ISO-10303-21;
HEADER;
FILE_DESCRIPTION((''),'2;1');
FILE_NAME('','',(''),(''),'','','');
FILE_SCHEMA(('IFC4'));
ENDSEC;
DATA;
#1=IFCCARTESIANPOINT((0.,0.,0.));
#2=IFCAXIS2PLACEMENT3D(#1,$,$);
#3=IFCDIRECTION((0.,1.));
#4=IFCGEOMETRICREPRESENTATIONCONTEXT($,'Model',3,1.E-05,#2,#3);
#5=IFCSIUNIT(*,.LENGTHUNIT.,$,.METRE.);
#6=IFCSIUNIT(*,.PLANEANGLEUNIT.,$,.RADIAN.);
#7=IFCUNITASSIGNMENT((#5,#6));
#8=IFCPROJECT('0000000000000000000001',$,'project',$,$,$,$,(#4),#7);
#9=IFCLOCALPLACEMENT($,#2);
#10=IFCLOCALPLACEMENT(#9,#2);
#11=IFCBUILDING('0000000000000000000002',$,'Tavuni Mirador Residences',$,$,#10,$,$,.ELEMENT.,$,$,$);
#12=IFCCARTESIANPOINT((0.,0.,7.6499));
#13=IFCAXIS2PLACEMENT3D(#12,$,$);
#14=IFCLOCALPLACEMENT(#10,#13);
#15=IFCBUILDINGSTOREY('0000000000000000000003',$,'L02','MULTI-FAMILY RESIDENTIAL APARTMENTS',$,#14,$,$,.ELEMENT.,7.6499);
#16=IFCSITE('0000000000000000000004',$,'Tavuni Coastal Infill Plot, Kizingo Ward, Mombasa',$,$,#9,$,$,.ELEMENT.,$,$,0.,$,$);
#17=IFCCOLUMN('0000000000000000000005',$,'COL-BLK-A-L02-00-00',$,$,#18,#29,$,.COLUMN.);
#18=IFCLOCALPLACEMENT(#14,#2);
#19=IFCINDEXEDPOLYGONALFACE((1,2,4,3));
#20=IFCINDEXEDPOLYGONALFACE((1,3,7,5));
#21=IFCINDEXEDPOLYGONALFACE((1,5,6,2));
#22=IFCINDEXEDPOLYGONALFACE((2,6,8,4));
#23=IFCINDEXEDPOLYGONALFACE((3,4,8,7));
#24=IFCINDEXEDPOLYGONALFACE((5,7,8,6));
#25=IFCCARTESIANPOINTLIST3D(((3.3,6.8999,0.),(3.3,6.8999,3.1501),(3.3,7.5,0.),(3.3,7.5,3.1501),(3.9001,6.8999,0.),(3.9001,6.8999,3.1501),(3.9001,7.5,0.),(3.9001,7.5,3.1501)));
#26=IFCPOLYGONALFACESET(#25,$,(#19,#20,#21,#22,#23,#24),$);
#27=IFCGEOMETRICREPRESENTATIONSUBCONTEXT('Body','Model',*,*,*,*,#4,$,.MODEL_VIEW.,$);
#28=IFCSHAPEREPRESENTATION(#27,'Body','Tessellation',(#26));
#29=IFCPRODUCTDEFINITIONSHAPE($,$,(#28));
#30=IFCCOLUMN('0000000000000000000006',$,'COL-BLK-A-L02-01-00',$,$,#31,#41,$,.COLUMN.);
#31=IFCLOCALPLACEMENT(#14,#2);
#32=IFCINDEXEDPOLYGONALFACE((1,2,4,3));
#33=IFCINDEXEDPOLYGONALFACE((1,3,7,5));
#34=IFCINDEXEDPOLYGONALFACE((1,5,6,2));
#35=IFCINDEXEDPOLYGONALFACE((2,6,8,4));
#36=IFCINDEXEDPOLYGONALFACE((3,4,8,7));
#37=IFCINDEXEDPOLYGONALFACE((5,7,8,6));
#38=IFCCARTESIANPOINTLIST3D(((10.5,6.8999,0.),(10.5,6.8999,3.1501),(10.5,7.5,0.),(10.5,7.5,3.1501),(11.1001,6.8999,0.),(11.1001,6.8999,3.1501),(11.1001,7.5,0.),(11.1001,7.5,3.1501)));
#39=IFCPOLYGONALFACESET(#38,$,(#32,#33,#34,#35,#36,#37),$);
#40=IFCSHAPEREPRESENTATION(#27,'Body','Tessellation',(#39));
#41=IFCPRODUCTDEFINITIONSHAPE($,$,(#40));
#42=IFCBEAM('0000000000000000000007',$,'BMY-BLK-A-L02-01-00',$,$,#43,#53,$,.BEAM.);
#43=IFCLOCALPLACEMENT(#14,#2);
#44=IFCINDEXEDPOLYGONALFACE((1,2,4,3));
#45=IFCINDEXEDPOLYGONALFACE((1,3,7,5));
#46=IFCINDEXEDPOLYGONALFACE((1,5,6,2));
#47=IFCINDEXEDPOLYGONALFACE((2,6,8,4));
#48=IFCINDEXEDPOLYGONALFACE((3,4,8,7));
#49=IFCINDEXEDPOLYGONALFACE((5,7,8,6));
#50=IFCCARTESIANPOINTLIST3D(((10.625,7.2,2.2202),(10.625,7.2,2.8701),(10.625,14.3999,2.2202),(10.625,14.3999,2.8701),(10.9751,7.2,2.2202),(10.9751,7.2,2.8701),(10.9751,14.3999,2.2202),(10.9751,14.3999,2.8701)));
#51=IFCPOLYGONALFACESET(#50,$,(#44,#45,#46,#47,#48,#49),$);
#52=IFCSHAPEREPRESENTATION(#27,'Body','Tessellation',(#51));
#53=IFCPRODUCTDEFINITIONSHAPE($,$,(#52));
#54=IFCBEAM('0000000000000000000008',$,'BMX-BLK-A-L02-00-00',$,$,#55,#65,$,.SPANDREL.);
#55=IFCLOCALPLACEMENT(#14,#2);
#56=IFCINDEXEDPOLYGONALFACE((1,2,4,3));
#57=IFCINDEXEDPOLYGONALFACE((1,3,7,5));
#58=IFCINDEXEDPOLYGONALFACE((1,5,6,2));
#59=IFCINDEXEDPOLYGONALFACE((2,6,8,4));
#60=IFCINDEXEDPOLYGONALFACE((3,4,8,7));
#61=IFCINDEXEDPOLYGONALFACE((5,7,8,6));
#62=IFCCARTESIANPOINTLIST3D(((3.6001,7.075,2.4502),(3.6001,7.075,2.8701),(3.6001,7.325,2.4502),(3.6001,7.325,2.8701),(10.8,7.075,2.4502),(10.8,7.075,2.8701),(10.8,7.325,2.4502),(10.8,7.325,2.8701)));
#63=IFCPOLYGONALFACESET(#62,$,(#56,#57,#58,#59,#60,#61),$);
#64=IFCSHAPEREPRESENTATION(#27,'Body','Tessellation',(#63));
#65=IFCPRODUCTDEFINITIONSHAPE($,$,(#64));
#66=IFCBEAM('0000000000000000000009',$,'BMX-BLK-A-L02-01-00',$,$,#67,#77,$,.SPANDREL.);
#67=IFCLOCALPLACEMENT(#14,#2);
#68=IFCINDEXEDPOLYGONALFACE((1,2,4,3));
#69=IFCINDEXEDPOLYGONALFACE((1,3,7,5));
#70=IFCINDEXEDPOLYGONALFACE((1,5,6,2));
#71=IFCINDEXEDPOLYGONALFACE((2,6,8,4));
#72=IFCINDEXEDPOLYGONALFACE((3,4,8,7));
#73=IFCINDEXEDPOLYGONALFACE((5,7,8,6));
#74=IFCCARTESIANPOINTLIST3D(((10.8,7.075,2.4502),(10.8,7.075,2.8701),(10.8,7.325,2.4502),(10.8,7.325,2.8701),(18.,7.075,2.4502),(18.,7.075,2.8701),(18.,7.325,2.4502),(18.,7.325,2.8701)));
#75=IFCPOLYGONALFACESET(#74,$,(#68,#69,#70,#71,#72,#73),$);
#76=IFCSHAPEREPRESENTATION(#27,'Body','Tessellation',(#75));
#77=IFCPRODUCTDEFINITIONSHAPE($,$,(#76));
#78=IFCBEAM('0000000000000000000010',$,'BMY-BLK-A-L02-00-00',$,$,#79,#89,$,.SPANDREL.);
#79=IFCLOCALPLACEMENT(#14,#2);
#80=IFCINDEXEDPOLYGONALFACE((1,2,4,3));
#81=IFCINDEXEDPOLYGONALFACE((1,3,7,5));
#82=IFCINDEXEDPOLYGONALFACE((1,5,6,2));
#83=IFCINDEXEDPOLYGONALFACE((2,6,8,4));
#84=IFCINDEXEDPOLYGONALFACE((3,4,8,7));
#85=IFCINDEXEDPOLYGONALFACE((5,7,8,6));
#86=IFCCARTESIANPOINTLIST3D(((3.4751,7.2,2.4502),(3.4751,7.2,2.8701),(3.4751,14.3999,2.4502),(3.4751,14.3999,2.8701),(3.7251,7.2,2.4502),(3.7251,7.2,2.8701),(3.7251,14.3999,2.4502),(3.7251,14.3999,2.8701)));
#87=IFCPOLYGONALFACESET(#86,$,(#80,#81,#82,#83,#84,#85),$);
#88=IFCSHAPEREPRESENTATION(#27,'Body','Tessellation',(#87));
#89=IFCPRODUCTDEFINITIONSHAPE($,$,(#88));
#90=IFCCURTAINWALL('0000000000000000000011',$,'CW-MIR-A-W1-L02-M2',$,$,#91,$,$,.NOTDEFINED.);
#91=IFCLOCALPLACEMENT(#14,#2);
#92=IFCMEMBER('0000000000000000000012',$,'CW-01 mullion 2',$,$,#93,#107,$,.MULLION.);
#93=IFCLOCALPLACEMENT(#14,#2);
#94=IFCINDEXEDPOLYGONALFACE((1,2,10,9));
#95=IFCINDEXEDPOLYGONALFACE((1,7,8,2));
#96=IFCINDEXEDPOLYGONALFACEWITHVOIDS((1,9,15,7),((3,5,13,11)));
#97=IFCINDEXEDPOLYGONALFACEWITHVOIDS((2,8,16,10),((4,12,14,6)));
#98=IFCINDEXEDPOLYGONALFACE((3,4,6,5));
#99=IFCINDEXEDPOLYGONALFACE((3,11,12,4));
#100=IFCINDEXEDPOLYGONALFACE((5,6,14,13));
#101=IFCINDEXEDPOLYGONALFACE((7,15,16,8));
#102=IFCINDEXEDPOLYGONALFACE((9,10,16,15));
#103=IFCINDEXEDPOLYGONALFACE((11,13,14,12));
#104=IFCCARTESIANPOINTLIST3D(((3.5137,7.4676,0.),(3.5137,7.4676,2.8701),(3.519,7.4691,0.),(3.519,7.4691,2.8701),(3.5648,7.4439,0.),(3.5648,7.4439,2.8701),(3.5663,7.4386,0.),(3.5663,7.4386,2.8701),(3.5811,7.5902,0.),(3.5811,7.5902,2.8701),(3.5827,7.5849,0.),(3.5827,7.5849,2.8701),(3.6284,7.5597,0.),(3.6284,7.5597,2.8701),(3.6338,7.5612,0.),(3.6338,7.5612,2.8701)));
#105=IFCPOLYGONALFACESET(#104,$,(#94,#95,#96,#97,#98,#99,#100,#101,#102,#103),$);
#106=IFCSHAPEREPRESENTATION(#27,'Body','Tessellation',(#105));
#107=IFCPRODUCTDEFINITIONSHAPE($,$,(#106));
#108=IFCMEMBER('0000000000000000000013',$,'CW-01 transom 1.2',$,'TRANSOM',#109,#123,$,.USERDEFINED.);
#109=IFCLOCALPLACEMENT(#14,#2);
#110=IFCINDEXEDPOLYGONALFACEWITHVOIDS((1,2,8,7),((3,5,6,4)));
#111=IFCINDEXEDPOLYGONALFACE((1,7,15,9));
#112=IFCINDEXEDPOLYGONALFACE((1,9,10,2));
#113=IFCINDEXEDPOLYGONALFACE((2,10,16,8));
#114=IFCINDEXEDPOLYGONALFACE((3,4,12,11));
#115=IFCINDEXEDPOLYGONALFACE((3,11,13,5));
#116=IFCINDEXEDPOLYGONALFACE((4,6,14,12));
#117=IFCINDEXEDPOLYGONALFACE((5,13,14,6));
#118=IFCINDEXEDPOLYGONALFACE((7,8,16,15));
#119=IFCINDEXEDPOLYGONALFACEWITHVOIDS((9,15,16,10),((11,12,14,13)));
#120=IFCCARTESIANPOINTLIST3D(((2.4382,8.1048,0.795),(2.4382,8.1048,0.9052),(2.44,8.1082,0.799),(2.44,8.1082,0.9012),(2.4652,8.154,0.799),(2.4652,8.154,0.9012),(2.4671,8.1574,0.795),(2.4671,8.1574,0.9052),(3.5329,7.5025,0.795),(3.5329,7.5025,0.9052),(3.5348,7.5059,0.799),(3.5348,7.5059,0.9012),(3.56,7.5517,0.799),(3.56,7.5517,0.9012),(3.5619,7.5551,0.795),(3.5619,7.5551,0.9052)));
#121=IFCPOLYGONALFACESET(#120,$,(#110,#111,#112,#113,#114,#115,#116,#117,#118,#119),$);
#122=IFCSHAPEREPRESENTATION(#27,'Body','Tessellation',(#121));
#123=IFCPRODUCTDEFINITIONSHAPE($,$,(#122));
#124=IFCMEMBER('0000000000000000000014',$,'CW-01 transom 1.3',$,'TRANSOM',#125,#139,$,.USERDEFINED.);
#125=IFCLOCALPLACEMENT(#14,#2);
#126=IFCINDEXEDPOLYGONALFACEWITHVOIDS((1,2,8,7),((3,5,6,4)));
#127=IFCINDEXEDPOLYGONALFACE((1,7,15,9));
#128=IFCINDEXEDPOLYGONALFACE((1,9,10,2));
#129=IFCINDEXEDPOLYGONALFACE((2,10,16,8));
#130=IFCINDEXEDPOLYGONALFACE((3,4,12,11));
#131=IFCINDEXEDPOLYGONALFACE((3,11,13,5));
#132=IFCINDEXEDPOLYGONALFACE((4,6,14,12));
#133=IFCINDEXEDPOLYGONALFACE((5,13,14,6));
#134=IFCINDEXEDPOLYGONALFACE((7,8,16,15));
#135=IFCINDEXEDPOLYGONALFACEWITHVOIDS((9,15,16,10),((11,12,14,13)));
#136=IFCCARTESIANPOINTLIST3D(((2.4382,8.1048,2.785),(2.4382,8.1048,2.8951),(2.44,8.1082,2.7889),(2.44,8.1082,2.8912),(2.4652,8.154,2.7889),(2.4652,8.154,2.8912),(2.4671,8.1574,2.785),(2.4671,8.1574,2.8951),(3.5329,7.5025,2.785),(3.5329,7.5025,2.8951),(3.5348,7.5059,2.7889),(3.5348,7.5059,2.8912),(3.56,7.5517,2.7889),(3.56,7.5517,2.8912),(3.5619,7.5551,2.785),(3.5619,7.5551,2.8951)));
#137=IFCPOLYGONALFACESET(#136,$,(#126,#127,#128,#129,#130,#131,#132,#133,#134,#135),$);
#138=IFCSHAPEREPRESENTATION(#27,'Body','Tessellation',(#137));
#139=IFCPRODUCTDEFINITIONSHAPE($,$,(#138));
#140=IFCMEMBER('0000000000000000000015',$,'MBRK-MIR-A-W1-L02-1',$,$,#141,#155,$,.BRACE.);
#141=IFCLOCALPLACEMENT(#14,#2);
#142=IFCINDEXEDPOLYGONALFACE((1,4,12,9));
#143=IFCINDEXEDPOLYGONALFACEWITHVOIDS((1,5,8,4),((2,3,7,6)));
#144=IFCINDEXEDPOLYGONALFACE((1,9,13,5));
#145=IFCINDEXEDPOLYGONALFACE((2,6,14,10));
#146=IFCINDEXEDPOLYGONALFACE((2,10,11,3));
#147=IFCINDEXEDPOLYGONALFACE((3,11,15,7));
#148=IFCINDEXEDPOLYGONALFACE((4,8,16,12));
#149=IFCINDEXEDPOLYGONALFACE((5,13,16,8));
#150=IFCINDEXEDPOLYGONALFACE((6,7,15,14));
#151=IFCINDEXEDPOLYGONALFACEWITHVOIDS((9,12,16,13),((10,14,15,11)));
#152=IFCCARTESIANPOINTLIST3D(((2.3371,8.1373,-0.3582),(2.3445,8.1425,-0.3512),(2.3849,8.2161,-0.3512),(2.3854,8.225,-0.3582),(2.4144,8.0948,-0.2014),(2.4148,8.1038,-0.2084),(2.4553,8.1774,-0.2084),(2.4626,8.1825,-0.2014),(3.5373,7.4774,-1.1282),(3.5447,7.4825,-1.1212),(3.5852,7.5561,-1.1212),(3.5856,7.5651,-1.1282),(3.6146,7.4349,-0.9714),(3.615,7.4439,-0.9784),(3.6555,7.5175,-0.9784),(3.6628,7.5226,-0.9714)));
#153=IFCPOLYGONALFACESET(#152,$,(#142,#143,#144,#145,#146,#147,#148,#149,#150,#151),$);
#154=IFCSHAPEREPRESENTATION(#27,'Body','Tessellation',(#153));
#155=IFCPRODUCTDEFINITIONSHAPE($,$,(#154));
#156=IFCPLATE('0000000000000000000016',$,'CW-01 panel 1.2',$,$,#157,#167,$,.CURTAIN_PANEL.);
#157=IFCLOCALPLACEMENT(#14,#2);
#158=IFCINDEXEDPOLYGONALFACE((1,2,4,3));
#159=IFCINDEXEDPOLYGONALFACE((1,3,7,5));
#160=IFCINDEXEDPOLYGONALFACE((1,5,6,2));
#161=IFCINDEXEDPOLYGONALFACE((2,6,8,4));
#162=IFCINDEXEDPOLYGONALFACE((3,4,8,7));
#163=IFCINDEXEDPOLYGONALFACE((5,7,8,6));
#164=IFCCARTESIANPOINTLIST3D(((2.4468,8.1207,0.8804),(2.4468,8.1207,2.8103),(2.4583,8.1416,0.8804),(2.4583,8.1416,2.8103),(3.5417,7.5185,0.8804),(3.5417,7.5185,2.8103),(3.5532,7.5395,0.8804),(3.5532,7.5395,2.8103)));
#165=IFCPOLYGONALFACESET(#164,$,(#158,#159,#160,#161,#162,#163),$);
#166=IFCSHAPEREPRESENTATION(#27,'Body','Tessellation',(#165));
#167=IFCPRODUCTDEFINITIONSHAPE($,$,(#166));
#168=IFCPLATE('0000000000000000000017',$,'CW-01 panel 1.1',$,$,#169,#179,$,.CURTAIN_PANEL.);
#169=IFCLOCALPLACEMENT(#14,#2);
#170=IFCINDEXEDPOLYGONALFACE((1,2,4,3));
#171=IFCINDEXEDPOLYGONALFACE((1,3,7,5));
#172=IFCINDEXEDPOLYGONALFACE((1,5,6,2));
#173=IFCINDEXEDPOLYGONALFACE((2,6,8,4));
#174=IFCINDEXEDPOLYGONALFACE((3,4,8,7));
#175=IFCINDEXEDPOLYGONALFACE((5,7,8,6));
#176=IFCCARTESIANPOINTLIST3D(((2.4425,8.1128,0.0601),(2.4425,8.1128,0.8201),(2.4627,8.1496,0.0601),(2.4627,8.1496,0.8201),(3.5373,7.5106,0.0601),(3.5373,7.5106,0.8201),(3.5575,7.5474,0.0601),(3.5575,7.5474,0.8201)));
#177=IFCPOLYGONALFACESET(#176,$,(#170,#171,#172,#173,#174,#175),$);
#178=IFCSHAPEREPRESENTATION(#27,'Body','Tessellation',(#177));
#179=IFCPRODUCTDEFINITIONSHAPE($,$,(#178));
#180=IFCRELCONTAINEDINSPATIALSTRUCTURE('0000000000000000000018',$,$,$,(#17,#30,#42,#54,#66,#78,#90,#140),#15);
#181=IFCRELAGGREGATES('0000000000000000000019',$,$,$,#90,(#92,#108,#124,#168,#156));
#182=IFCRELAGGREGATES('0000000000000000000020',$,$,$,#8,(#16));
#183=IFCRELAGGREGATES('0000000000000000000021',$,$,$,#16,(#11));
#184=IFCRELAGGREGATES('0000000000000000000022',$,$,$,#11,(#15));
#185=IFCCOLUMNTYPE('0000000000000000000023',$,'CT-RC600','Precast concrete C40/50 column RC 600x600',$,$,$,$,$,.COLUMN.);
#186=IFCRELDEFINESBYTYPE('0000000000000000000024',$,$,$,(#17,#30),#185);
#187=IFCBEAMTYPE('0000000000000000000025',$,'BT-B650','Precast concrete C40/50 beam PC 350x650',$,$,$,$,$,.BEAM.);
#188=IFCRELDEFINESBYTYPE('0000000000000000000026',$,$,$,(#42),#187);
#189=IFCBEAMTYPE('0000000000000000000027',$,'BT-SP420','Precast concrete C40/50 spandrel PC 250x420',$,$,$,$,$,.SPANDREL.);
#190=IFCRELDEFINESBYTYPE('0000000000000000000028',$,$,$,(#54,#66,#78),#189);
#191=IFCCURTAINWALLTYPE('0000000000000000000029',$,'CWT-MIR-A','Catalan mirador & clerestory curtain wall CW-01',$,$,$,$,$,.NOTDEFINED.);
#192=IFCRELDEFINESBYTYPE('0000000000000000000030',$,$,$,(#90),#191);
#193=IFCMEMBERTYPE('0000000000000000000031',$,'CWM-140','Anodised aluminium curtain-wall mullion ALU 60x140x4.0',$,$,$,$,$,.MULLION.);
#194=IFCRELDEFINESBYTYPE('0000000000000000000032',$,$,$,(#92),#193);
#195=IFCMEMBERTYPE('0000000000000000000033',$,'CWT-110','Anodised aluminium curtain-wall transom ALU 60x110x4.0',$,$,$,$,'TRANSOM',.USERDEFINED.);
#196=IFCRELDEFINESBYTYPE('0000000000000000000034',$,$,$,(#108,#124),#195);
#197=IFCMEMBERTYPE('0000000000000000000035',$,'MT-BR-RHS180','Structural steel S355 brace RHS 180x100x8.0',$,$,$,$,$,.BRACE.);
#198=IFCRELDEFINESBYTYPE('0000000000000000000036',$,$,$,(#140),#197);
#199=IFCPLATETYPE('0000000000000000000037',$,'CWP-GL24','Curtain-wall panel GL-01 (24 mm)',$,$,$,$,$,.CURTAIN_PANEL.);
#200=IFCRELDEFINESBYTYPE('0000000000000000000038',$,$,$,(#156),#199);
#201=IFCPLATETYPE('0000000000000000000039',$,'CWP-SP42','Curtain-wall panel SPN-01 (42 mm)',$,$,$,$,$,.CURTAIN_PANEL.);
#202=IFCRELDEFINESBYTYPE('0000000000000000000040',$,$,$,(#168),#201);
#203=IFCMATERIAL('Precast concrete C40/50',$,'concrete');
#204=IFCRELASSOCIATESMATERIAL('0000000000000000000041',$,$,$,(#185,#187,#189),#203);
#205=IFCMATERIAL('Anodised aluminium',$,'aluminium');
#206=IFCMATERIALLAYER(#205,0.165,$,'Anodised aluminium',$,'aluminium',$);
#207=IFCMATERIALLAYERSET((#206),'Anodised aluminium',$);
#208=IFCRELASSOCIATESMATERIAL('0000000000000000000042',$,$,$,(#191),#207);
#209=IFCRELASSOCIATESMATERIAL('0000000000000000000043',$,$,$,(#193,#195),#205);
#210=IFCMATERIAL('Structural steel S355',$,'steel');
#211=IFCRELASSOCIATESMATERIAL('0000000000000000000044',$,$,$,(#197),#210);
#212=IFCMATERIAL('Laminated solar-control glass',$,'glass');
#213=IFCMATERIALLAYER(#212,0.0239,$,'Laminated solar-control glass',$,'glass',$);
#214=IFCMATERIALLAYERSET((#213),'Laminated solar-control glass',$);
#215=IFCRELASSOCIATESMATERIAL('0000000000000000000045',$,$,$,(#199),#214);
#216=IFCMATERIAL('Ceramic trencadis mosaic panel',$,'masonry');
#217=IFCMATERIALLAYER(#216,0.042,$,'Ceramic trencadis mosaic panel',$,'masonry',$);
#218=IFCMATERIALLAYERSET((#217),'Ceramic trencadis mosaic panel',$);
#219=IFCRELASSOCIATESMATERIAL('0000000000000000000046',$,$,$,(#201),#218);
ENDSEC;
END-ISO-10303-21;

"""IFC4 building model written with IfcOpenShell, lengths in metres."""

from ifc_helpers import new_model, si_unit, direction, frame, origin, origin_2d, place, context, subcontext, project, spatial, rectangle, hollow_rectangle, extrude, material, layer, layer_set, material_profile, profile_set, type_object, element, aggregate, save


model = new_model("IFC4")

# Units and contexts
model_context = context("Model", 3, precision=1e-05, world=origin(), true_north=direction((0.0, 1.0)))
body_context = subcontext(model_context, "Body", "Model", "MODEL_VIEW")
ifc_project = project(units=[si_unit("LENGTHUNIT", "METRE"), si_unit("PLANEANGLEUNIT", "RADIAN")], contexts=[model_context])

# Site, building, storey
site_placement = place(None, origin())
site = spatial("IfcSite", under=ifc_project, at=site_placement, Name="Tavuni Coastal Infill Plot, Kizingo Ward, Mombasa", CompositionType="ELEMENT", RefElevation=0.0)
building_placement = place(site_placement, origin())
building = spatial("IfcBuilding", under=site, at=building_placement, Name="Tavuni Mirador Residences", CompositionType="ELEMENT")
storey_placement = place(building_placement, frame((0.0, 0.0, 7.6499)))
storey = spatial("IfcBuildingStorey", under=building, at=storey_placement, Name="L02", Description="MULTI-FAMILY RESIDENTIAL APARTMENTS", CompositionType="ELEMENT", Elevation=7.6499)

# Columns
ifc_material_1 = material(Name="Precast concrete C40/50", Category="concrete")
ifc_material_profile_1 = material_profile(ifc_material_1, rectangle(XDim=0.6001, YDim=0.6001, at=origin_2d()), Name="RC 600x600", Category="concrete")
ifc_profile_set_1 = profile_set([ifc_material_profile_1], Name="Precast concrete C40/50")
column_type = type_object("IfcColumnType", Name="CT-RC600", Description="Precast concrete C40/50 column RC 600x600", PredefinedType="COLUMN", material=ifc_profile_set_1)
for number, where, z_axis, x_axis, name in (
    (1, (3.6001, 7.2, 0.0), (0.0, 0.0, 1.0), (1.0, 0.0, 0.0), "COL-BLK-A-L02-00-00"),
    (2, (10.8, 7.2, 0.0), (0.0, 0.0, 1.0), (1.0, 0.0, 0.0), "COL-BLK-A-L02-01-00"),
):
    element("IfcColumn", number, at=place(storey_placement, frame(where, z_axis=z_axis, x_axis=x_axis)), inside=storey, type_object=column_type, Name=name, PredefinedType="COLUMN", context=body_context, shape_type="SweptSolid", body=[
        extrude(rectangle(XDim=0.6001, YDim=0.6001, at=origin_2d()), origin(), (0.0, 0.0, 1.0), 3.1501),
    ])

# Beams
ifc_material_profile_2 = material_profile(ifc_material_1, rectangle(XDim=0.3501, YDim=0.6499, at=origin_2d()), Name="PC 350x650", Category="concrete")
ifc_profile_set_2 = profile_set([ifc_material_profile_2], Name="Precast concrete C40/50")
beam_type_1 = type_object("IfcBeamType", Name="BT-B650", Description="Precast concrete C40/50 beam PC 350x650", PredefinedType="BEAM", material=ifc_profile_set_2)
beam_placement = place(storey_placement, frame((10.8, 7.2, 2.5452), z_axis=(0.0, 1.0, 0.0), x_axis=(-1.0, 0.0, 0.0)))
element("IfcBeam", 3, at=beam_placement, inside=storey, type_object=beam_type_1, Name="BMY-BLK-A-L02-01-00", PredefinedType="BEAM", context=body_context, shape_type="SweptSolid", body=[
    extrude(rectangle(XDim=0.3501, YDim=0.6499, at=origin_2d()), origin(), (0.0, 0.0, 1.0), 7.2),
])
ifc_material_profile_3 = material_profile(ifc_material_1, rectangle(XDim=0.25, YDim=0.4199, at=origin_2d()), Name="PC 250x420", Category="concrete")
ifc_profile_set_3 = profile_set([ifc_material_profile_3], Name="Precast concrete C40/50")
beam_type_2 = type_object("IfcBeamType", Name="BT-SP420", Description="Precast concrete C40/50 spandrel PC 250x420", PredefinedType="SPANDREL", material=ifc_profile_set_3)
for number, where, z_axis, x_axis, name in (
    (4, (3.6001, 7.2, 2.6602), (1.0, 0.0, 0.0), (0.0, 1.0, 0.0), "BMX-BLK-A-L02-00-00"),
    (5, (10.8, 7.2, 2.6602), (1.0, 0.0, 0.0), (0.0, 1.0, 0.0), "BMX-BLK-A-L02-01-00"),
    (6, (3.6001, 7.2, 2.6602), (0.0, 1.0, 0.0), (-1.0, 0.0, 0.0), "BMY-BLK-A-L02-00-00"),
):
    element("IfcBeam", number, at=place(storey_placement, frame(where, z_axis=z_axis, x_axis=x_axis)), inside=storey, type_object=beam_type_2, Name=name, PredefinedType="SPANDREL", context=body_context, shape_type="SweptSolid", body=[
        extrude(rectangle(XDim=0.25, YDim=0.4199, at=origin_2d()), origin(), (0.0, 0.0, 1.0), 7.2),
    ])

# Curtain wall, members
ifc_material_2 = material(Name="Anodised aluminium", Category="aluminium")
ifc_layer_1 = layer(ifc_material_2, 0.165, Name="Anodised aluminium", Category="aluminium")
ifc_layer_set_1 = layer_set([ifc_layer_1], Name="Anodised aluminium")
curtain_wall_type = type_object("IfcCurtainWallType", Name="CWT-MIR-A", Description="Catalan mirador & clerestory curtain wall CW-01", PredefinedType="NOTDEFINED", material=ifc_layer_set_1)
curtain_wall_placement = place(storey_placement, origin())
curtain_wall = element("IfcCurtainWall", 7, at=curtain_wall_placement, inside=storey, type_object=curtain_wall_type, Name="CW-MIR-A-W1-L02-M2", PredefinedType="NOTDEFINED")
ifc_material_profile_4 = material_profile(ifc_material_2, hollow_rectangle(XDim=0.0601, YDim=0.1399, WallThickness=0.0039, at=origin_2d()), Name="ALU 60x140x4.0", Category="aluminium")
ifc_profile_set_4 = profile_set([ifc_material_profile_4], Name="Anodised aluminium")
member_type_1 = type_object("IfcMemberType", Name="CWM-140", Description="Anodised aluminium curtain-wall mullion ALU 60x140x4.0", PredefinedType="MULLION", material=ifc_profile_set_4)
member_1_placement = place(storey_placement, frame((3.5737, 7.5144, 0.0), z_axis=(0.0, 0.0, 1.0), x_axis=(0.876216, -0.481919, 0.0)))
member_1 = element("IfcMember", 8, at=member_1_placement, type_object=member_type_1, Name="CW-01 mullion 2", PredefinedType="MULLION", context=body_context, shape_type="SweptSolid", body=[
    extrude(hollow_rectangle(XDim=0.0601, YDim=0.1399, WallThickness=0.0039, at=origin_2d()), origin(), (0.0, 0.0, 1.0), 2.8701),
])
ifc_material_profile_5 = material_profile(ifc_material_2, hollow_rectangle(XDim=0.0601, YDim=0.1101, WallThickness=0.0039, at=origin_2d()), Name="ALU 60x110x4.0", Category="aluminium")
ifc_profile_set_5 = profile_set([ifc_material_profile_5], Name="Anodised aluminium")
member_type_2 = type_object("IfcMemberType", Name="CWT-110", Description="Anodised aluminium curtain-wall transom ALU 60x110x4.0", ElementType="TRANSOM", PredefinedType="USERDEFINED", material=ifc_profile_set_5)
member_2_placement = place(storey_placement, frame((2.4526, 8.1311, 0.8501), z_axis=(0.87615, -0.482039, 0.0), x_axis=(0.482039, 0.87615, 0.0)))
member_2 = element("IfcMember", 9, at=member_2_placement, type_object=member_type_2, Name="CW-01 transom 1.2", ObjectType="TRANSOM", PredefinedType="USERDEFINED", context=body_context, shape_type="SweptSolid", body=[
    extrude(hollow_rectangle(XDim=0.0601, YDim=0.1101, WallThickness=0.0039, at=origin_2d()), origin(), (0.0, 0.0, 1.0), 1.2495),
])
member_3_placement = place(storey_placement, frame((2.4526, 8.1311, 2.8401), z_axis=(0.87615, -0.482039, 0.0), x_axis=(0.482039, 0.87615, 0.0)))
member_3 = element("IfcMember", 10, at=member_3_placement, type_object=member_type_2, Name="CW-01 transom 1.3", ObjectType="TRANSOM", PredefinedType="USERDEFINED", context=body_context, shape_type="SweptSolid", body=[
    extrude(hollow_rectangle(XDim=0.0601, YDim=0.1101, WallThickness=0.0039, at=origin_2d()), origin(), (0.0, 0.0, 1.0), 1.2495),
])

# Member
ifc_material_3 = material(Name="Structural steel S355", Category="steel")
ifc_material_profile_6 = material_profile(ifc_material_3, hollow_rectangle(XDim=0.1001, YDim=0.1799, WallThickness=0.0081, at=origin_2d()), Name="RHS 180x100x8.0", Category="steel")
ifc_profile_set_6 = profile_set([ifc_material_profile_6], Name="Structural steel S355")
member_type_3 = type_object("IfcMemberType", Name="MT-BR-RHS180", Description="Structural steel S355 brace RHS 180x100x8.0", PredefinedType="BRACE", material=ifc_profile_set_6)
member_4_placement = place(storey_placement, frame((3.6001, 7.5, -1.0498), z_axis=(-0.763839, 0.419987, 0.490063), x_axis=(-0.481809, -0.876276, 0.0)))
element("IfcMember", 11, at=member_4_placement, inside=storey, type_object=member_type_3, Name="MBRK-MIR-A-W1-L02-1", PredefinedType="BRACE", context=body_context, shape_type="SweptSolid", body=[
    extrude(hollow_rectangle(XDim=0.1001, YDim=0.1799, WallThickness=0.0081, at=origin_2d()), origin(), (0.0, 0.0, 1.0), 1.5713),
])

# Plates
ifc_material_4 = material(Name="Laminated solar-control glass", Category="glass")
ifc_layer_2 = layer(ifc_material_4, 0.0239, Name="Laminated solar-control glass", Category="glass")
ifc_layer_set_2 = layer_set([ifc_layer_2], Name="Laminated solar-control glass")
plate_type_1 = type_object("IfcPlateType", Name="CWP-GL24", Description="Curtain-wall panel GL-01 (24 mm)", PredefinedType="CURTAIN_PANEL", material=ifc_layer_set_2)
plate_1_placement = place(storey_placement, frame((3.0, 7.8301, 0.8804), z_axis=(0.0, 0.0, 1.0), x_axis=(0.876216, -0.481919, 0.0)))
plate_1 = element("IfcPlate", 12, at=plate_1_placement, type_object=plate_type_1, Name="CW-01 panel 1.2", PredefinedType="CURTAIN_PANEL", context=body_context, shape_type="SweptSolid", body=[
    extrude(rectangle(XDim=1.2495, YDim=0.0239, at=origin_2d()), origin(), (0.0, 0.0, 1.0), 1.9299),
])
ifc_material_5 = material(Name="Ceramic trencadis mosaic panel", Category="masonry")
ifc_layer_3 = layer(ifc_material_5, 0.042, Name="Ceramic trencadis mosaic panel", Category="masonry")
ifc_layer_set_3 = layer_set([ifc_layer_3], Name="Ceramic trencadis mosaic panel")
plate_type_2 = type_object("IfcPlateType", Name="CWP-SP42", Description="Curtain-wall panel SPN-01 (42 mm)", PredefinedType="CURTAIN_PANEL", material=ifc_layer_set_3)
plate_2_placement = place(storey_placement, frame((3.0, 7.8301, 0.0601), z_axis=(0.0, 0.0, 1.0), x_axis=(0.876216, -0.481919, 0.0)))
plate_2 = element("IfcPlate", 13, at=plate_2_placement, type_object=plate_type_2, Name="CW-01 panel 1.1", PredefinedType="CURTAIN_PANEL", context=body_context, shape_type="SweptSolid", body=[
    extrude(rectangle(XDim=1.2495, YDim=0.042, at=origin_2d()), origin(), (0.0, 0.0, 1.0), 0.76),
])
aggregate(curtain_wall, [member_1, member_2, member_3, plate_2, plate_1])

save(model, "model.ifc")
